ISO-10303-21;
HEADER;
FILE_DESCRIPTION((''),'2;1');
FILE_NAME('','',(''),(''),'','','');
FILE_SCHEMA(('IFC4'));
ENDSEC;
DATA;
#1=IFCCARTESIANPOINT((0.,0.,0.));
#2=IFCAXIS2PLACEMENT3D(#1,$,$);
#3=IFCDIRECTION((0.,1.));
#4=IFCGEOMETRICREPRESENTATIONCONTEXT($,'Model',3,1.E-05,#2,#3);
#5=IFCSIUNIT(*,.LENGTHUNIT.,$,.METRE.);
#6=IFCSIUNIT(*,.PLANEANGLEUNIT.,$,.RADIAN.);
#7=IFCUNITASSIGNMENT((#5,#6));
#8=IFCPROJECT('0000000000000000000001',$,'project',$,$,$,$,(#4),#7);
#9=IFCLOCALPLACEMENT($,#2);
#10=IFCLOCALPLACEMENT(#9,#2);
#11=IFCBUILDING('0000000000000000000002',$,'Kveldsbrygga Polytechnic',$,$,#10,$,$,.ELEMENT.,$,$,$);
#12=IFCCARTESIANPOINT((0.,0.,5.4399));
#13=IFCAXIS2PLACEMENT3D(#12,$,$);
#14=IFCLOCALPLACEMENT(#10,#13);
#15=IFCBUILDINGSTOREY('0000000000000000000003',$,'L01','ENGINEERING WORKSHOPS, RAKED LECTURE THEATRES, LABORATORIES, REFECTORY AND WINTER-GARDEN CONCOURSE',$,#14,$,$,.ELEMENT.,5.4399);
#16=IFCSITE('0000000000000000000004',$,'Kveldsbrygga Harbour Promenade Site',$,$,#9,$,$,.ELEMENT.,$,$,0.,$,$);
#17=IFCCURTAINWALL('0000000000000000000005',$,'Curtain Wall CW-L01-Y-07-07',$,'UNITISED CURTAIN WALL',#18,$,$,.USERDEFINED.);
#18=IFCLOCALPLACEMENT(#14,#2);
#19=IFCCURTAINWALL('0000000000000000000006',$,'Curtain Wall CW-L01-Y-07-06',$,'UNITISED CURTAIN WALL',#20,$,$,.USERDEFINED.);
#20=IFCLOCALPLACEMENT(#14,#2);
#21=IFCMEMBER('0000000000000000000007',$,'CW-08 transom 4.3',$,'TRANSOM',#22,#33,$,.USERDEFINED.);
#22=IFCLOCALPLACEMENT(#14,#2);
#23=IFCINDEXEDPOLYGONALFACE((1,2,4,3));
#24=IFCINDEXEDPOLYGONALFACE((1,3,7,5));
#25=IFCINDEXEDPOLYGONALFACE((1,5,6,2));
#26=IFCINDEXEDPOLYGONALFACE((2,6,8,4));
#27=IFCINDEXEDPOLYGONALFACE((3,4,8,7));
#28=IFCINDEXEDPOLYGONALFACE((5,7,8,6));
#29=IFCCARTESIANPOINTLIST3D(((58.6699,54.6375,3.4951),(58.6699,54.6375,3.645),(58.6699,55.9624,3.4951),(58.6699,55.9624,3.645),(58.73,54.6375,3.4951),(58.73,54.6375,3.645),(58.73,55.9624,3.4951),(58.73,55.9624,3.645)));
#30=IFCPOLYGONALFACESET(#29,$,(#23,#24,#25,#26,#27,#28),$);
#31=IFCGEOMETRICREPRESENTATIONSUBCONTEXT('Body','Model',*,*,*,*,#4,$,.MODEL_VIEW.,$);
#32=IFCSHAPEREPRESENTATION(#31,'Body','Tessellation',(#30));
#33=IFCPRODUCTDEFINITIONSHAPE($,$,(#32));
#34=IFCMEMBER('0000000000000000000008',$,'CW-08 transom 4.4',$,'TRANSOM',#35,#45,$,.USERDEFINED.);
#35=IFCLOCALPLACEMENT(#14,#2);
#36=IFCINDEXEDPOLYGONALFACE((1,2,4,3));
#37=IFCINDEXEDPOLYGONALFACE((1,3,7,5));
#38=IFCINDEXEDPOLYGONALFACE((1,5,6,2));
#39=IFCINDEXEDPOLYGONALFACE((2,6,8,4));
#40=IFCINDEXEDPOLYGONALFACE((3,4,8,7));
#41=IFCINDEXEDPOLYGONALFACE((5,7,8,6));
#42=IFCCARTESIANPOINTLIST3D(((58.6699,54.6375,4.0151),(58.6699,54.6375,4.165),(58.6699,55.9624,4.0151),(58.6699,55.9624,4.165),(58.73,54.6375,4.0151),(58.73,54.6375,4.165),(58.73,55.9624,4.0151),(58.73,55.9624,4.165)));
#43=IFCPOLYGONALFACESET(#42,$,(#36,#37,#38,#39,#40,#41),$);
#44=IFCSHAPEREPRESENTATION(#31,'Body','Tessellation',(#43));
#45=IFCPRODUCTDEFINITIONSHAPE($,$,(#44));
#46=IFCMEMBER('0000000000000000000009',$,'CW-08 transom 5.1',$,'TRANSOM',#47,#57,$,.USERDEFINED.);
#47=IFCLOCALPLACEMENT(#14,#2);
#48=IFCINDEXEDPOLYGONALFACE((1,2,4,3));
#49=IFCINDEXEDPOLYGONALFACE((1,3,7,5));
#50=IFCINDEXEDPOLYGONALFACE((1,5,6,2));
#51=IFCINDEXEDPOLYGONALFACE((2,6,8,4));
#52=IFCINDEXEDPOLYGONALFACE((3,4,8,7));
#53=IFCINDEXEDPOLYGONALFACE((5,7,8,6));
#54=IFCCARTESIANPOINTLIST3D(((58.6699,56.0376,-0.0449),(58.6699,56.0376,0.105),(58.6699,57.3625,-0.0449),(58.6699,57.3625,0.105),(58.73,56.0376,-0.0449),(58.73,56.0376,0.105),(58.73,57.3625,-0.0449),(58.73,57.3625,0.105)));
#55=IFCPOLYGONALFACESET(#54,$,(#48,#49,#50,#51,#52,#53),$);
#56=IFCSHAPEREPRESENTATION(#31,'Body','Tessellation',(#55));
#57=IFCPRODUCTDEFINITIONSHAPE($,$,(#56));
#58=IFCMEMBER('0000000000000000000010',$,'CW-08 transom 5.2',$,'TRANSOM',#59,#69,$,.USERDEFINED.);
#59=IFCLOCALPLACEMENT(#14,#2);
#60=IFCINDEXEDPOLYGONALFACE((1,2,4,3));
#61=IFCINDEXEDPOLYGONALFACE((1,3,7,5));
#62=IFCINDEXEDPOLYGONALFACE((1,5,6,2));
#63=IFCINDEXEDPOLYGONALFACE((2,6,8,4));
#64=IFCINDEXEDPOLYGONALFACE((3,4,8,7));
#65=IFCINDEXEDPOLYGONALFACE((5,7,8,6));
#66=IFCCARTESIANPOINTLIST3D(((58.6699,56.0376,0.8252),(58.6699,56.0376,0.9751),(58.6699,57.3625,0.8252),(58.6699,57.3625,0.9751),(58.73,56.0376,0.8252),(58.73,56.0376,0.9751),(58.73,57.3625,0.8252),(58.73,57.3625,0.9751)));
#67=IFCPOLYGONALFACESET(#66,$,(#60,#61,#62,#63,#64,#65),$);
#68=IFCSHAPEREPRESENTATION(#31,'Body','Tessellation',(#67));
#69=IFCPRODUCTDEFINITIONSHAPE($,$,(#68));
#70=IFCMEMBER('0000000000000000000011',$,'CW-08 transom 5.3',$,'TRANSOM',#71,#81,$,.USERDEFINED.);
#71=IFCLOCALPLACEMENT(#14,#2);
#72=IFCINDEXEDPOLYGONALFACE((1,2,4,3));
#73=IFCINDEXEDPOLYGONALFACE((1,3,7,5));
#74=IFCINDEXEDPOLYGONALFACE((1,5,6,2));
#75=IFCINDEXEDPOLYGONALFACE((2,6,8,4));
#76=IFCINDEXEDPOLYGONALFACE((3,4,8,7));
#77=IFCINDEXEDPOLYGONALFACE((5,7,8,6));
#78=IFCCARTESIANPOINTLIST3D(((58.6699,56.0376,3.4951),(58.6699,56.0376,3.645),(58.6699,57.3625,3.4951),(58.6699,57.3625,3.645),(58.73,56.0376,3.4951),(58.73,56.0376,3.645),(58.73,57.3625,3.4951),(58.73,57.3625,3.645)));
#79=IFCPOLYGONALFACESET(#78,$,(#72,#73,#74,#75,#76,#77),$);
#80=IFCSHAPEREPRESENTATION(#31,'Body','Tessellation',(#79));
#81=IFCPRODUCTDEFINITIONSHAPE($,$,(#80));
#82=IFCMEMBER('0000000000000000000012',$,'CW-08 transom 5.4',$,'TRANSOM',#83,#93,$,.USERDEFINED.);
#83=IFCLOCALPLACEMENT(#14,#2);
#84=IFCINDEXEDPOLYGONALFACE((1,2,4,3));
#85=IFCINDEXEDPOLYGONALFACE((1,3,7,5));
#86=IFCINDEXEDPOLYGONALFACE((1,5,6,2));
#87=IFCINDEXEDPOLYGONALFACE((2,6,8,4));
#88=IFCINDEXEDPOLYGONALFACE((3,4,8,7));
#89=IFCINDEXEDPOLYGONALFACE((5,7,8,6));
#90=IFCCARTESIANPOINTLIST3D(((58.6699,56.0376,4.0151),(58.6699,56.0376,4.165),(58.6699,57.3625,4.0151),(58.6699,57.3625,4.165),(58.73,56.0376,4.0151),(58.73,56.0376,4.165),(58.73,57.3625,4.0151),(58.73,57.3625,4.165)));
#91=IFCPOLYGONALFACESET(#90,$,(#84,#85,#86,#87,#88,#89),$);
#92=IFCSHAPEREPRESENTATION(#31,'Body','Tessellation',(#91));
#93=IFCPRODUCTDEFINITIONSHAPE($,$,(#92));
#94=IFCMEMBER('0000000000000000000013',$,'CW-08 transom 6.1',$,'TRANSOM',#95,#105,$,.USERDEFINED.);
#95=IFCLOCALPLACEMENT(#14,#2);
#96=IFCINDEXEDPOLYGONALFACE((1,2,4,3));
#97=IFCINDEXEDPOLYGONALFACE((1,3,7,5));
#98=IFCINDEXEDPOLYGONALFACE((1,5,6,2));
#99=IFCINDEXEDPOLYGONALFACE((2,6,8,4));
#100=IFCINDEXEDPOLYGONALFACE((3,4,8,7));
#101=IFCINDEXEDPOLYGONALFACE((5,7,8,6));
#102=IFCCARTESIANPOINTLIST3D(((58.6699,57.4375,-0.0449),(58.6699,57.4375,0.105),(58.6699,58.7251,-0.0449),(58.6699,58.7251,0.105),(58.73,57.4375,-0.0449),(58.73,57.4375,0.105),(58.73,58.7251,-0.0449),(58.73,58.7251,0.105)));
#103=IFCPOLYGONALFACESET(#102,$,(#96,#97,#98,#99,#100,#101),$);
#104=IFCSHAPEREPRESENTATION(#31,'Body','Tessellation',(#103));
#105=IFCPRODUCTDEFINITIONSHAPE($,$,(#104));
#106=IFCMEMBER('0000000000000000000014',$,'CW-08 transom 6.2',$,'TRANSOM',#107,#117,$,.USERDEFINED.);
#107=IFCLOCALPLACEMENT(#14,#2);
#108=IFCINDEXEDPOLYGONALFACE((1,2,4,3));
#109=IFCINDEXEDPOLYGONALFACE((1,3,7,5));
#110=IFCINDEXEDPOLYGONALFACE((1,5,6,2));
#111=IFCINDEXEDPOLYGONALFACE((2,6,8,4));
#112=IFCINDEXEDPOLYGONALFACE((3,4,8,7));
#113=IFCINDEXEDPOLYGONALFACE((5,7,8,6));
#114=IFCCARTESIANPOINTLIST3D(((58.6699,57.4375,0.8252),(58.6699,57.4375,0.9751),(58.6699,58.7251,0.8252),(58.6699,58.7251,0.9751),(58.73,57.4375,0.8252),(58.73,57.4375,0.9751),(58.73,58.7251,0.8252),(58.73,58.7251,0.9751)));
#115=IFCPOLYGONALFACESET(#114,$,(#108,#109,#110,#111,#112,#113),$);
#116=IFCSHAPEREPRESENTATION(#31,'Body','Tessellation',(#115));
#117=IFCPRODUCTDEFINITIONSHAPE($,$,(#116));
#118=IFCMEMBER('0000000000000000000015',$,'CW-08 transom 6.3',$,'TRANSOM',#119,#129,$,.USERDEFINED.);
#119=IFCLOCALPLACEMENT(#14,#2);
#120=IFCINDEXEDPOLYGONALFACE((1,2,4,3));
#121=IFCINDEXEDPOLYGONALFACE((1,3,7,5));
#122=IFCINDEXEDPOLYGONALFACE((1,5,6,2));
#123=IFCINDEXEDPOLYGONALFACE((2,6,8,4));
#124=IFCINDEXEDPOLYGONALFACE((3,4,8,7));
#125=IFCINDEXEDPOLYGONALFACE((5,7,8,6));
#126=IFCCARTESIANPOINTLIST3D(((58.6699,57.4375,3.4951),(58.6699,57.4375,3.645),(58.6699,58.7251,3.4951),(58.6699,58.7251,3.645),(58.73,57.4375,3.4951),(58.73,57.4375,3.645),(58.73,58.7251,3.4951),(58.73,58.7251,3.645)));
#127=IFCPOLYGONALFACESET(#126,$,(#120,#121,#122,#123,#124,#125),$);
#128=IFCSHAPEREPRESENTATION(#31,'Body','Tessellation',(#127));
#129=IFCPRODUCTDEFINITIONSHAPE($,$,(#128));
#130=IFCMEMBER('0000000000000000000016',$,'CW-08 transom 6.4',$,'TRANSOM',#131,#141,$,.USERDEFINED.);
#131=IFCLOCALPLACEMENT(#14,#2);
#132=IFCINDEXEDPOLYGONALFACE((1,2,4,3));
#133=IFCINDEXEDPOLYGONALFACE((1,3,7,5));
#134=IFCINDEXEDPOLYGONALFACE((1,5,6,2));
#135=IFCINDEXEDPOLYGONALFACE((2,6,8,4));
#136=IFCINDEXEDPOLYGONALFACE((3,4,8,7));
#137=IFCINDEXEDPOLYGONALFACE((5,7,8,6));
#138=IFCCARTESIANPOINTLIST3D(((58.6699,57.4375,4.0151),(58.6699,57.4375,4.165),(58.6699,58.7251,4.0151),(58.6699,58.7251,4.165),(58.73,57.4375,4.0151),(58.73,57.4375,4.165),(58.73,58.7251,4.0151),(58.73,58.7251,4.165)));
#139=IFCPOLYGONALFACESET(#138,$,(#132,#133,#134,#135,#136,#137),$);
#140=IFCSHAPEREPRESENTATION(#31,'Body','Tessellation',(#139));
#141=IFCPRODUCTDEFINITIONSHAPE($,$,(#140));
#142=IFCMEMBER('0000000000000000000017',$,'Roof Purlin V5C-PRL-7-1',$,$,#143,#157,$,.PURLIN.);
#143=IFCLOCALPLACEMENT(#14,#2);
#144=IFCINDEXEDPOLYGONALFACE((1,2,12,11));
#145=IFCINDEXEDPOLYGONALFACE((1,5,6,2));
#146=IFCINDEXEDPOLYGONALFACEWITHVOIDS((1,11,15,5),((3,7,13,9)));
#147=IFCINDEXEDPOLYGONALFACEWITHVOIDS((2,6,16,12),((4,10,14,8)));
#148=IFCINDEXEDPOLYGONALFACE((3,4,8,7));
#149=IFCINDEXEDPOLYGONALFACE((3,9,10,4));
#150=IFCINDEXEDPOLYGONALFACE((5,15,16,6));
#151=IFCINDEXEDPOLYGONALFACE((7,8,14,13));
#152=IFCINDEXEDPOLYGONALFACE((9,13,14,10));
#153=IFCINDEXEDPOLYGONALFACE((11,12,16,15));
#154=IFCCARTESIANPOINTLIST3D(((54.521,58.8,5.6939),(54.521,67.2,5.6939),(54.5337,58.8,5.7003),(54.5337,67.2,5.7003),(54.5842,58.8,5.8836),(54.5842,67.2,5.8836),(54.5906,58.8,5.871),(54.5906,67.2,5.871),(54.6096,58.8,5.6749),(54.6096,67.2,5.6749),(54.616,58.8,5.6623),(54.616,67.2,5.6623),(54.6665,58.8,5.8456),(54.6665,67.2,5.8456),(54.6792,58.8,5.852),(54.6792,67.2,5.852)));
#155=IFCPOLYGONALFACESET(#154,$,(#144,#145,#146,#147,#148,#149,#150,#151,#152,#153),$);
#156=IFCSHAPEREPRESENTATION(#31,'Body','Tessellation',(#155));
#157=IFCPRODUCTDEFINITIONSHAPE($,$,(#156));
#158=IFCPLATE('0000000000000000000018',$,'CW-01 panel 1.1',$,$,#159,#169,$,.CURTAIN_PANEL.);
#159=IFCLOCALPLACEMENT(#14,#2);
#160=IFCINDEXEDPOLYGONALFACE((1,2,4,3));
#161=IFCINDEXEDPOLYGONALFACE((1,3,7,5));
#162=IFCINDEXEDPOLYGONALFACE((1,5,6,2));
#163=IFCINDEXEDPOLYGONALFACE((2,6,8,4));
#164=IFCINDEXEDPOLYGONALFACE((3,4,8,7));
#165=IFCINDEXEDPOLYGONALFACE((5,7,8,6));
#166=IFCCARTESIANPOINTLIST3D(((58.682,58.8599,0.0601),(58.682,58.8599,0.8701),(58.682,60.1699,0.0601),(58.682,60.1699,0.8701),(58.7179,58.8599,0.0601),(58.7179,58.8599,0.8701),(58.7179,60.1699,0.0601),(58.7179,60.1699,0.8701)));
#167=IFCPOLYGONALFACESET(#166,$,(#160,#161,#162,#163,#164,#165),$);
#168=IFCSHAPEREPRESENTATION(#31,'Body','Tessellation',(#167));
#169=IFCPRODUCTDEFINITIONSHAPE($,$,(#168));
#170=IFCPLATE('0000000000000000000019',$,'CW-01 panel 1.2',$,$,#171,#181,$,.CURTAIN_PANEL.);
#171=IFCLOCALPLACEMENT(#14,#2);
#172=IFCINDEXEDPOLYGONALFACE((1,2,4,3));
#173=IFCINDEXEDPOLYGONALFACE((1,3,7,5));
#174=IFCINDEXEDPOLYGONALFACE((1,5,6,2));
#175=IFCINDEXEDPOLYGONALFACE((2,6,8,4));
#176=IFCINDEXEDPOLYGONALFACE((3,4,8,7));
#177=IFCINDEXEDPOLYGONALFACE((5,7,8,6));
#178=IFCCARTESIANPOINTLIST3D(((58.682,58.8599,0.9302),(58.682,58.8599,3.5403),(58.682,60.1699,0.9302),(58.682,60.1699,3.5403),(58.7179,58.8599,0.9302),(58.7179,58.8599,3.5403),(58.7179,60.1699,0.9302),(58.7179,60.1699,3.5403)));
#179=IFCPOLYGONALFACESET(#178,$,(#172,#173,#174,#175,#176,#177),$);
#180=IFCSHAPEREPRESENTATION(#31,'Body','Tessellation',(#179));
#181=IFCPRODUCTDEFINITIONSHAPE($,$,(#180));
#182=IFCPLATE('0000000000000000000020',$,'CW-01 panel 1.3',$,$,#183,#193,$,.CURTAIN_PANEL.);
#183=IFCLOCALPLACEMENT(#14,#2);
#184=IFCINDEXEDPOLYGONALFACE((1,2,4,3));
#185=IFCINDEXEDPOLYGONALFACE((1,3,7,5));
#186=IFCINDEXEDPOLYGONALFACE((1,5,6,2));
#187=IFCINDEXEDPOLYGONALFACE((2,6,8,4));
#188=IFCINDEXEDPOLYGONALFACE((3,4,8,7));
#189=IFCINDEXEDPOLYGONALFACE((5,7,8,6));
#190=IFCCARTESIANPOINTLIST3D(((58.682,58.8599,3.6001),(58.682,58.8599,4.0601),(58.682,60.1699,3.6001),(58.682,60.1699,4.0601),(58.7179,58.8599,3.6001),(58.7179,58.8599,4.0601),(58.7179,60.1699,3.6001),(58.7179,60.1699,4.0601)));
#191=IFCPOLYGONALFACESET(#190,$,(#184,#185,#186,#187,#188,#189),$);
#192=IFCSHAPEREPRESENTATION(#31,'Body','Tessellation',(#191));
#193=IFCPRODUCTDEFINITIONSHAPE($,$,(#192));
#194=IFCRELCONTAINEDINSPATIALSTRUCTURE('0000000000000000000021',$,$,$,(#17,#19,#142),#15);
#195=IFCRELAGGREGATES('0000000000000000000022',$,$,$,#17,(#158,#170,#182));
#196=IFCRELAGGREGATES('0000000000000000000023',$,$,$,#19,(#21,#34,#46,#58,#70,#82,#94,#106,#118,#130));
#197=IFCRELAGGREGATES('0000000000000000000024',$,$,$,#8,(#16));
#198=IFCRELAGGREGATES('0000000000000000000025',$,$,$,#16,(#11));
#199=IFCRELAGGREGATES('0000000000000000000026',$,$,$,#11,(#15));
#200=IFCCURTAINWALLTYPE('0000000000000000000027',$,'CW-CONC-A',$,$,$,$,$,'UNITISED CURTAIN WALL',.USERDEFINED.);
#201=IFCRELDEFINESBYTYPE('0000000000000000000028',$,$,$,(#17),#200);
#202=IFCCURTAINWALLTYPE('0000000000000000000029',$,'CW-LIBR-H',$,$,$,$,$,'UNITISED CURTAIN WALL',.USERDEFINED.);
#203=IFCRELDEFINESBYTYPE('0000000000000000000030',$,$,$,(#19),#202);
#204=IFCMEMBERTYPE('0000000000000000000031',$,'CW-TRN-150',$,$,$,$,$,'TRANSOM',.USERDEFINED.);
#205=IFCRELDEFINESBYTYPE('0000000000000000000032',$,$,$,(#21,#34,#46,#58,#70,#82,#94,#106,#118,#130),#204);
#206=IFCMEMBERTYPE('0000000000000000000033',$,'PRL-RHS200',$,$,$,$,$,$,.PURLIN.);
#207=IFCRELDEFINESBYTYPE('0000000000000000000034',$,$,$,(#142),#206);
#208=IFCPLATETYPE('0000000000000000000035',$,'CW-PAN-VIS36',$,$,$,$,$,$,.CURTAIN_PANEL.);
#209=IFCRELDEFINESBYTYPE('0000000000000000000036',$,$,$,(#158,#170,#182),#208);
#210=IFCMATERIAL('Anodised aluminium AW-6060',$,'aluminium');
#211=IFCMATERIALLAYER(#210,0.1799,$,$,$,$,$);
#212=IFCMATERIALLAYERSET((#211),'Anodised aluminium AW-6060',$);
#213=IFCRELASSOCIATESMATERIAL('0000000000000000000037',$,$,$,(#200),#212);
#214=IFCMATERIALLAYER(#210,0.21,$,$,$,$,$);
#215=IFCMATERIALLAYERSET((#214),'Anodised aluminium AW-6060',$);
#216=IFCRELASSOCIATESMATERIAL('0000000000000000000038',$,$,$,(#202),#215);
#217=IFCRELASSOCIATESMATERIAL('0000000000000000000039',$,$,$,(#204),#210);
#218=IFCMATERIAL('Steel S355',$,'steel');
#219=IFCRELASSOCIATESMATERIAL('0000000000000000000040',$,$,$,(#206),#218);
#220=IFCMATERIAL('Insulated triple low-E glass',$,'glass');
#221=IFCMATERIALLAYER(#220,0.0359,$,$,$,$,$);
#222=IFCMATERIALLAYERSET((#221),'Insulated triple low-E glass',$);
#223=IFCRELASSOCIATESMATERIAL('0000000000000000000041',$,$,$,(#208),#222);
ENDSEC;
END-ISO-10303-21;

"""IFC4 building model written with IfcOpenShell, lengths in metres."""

from ifc_helpers import new_model, si_unit, direction, frame, origin, origin_2d, place, context, subcontext, project, spatial, rectangle, hollow_rectangle, extrude, material, layer, layer_set, material_profile, profile_set, type_object, element, aggregate, save


model = new_model("IFC4")

# Units and contexts
model_context = context("Model", 3, precision=1e-05, world=origin(), true_north=direction((0.0, 1.0)))
body_context = subcontext(model_context, "Body", "Model", "MODEL_VIEW")
ifc_project = project(units=[si_unit("LENGTHUNIT", "METRE"), si_unit("PLANEANGLEUNIT", "RADIAN")], contexts=[model_context])

# Site, building, storey
site_placement = place(None, origin())
site = spatial("IfcSite", under=ifc_project, at=site_placement, Name="Kveldsbrygga Harbour Promenade Site", CompositionType="ELEMENT", RefElevation=0.0)
building_placement = place(site_placement, origin())
building = spatial("IfcBuilding", under=site, at=building_placement, Name="Kveldsbrygga Polytechnic", CompositionType="ELEMENT")
storey_placement = place(building_placement, frame((0.0, 0.0, 5.4399)))
storey = spatial("IfcBuildingStorey", under=building, at=storey_placement, Name="L01", Description="ENGINEERING WORKSHOPS, RAKED LECTURE THEATRES, LABORATORIES, REFECTORY AND WINTER-GARDEN CONCOURSE", CompositionType="ELEMENT", Elevation=5.4399)

# Curtain walls
ifc_material_1 = material(Name="Anodised aluminium AW-6060", Category="aluminium")
ifc_layer_1 = layer(ifc_material_1, 0.1799)
ifc_layer_set_1 = layer_set([ifc_layer_1], Name="Anodised aluminium AW-6060")
curtain_wall_type_1 = type_object("IfcCurtainWallType", Name="CW-CONC-A", ElementType="UNITISED CURTAIN WALL", PredefinedType="USERDEFINED", material=ifc_layer_set_1)
curtain_wall_1_placement = place(storey_placement, origin())
curtain_wall_1 = element("IfcCurtainWall", 1, at=curtain_wall_1_placement, inside=storey, type_object=curtain_wall_type_1, Name="Curtain Wall CW-L01-Y-07-07", ObjectType="UNITISED CURTAIN WALL", PredefinedType="USERDEFINED")
ifc_layer_2 = layer(ifc_material_1, 0.21)
ifc_layer_set_2 = layer_set([ifc_layer_2], Name="Anodised aluminium AW-6060")
curtain_wall_type_2 = type_object("IfcCurtainWallType", Name="CW-LIBR-H", ElementType="UNITISED CURTAIN WALL", PredefinedType="USERDEFINED", material=ifc_layer_set_2)
curtain_wall_2_placement = place(storey_placement, origin())
curtain_wall_2 = element("IfcCurtainWall", 2, at=curtain_wall_2_placement, inside=storey, type_object=curtain_wall_type_2, Name="Curtain Wall CW-L01-Y-07-06", ObjectType="UNITISED CURTAIN WALL", PredefinedType="USERDEFINED")

# Members
ifc_material_profile_1 = material_profile(ifc_material_1, rectangle(XDim=0.0601, YDim=0.1499, at=origin_2d()), Name="ALU 60x150")
ifc_profile_set_1 = profile_set([ifc_material_profile_1], Name="Anodised aluminium AW-6060")
member_type_1 = type_object("IfcMemberType", Name="CW-TRN-150", ElementType="TRANSOM", PredefinedType="USERDEFINED", material=ifc_profile_set_1)
member_1_placement = place(storey_placement, frame((58.7, 54.6375, 3.5701), z_axis=(0.0, 1.0, 0.0), x_axis=(-1.0, 0.0, 0.0)))
member_1 = element("IfcMember", 3, at=member_1_placement, type_object=member_type_1, Name="CW-08 transom 4.3", ObjectType="TRANSOM", PredefinedType="USERDEFINED", context=body_context, shape_type="SweptSolid", body=[
    extrude(rectangle(XDim=0.0601, YDim=0.1499, at=origin_2d()), origin(), (0.0, 0.0, 1.0), 1.325),
])
member_2_placement = place(storey_placement, frame((58.7, 54.6375, 4.0901), z_axis=(0.0, 1.0, 0.0), x_axis=(-1.0, 0.0, 0.0)))
member_2 = element("IfcMember", 4, at=member_2_placement, type_object=member_type_1, Name="CW-08 transom 4.4", ObjectType="TRANSOM", PredefinedType="USERDEFINED", context=body_context, shape_type="SweptSolid", body=[
    extrude(rectangle(XDim=0.0601, YDim=0.1499, at=origin_2d()), origin(), (0.0, 0.0, 1.0), 1.325),
])
member_3_placement = place(storey_placement, frame((58.7, 56.0376, 0.03), z_axis=(0.0, 1.0, 0.0), x_axis=(-1.0, 0.0, 0.0)))
member_3 = element("IfcMember", 5, at=member_3_placement, type_object=member_type_1, Name="CW-08 transom 5.1", ObjectType="TRANSOM", PredefinedType="USERDEFINED", context=body_context, shape_type="SweptSolid", body=[
    extrude(rectangle(XDim=0.0601, YDim=0.1499, at=origin_2d()), origin(), (0.0, 0.0, 1.0), 1.325),
])
member_4_placement = place(storey_placement, frame((58.7, 56.0376, 0.9001), z_axis=(0.0, 1.0, 0.0), x_axis=(-1.0, 0.0, 0.0)))
member_4 = element("IfcMember", 6, at=member_4_placement, type_object=member_type_1, Name="CW-08 transom 5.2", ObjectType="TRANSOM", PredefinedType="USERDEFINED", context=body_context, shape_type="SweptSolid", body=[
    extrude(rectangle(XDim=0.0601, YDim=0.1499, at=origin_2d()), origin(), (0.0, 0.0, 1.0), 1.325),
])
member_5_placement = place(storey_placement, frame((58.7, 56.0376, 3.5701), z_axis=(0.0, 1.0, 0.0), x_axis=(-1.0, 0.0, 0.0)))
member_5 = element("IfcMember", 7, at=member_5_placement, type_object=member_type_1, Name="CW-08 transom 5.3", ObjectType="TRANSOM", PredefinedType="USERDEFINED", context=body_context, shape_type="SweptSolid", body=[
    extrude(rectangle(XDim=0.0601, YDim=0.1499, at=origin_2d()), origin(), (0.0, 0.0, 1.0), 1.325),
])
member_6_placement = place(storey_placement, frame((58.7, 56.0376, 4.0901), z_axis=(0.0, 1.0, 0.0), x_axis=(-1.0, 0.0, 0.0)))
member_6 = element("IfcMember", 8, at=member_6_placement, type_object=member_type_1, Name="CW-08 transom 5.4", ObjectType="TRANSOM", PredefinedType="USERDEFINED", context=body_context, shape_type="SweptSolid", body=[
    extrude(rectangle(XDim=0.0601, YDim=0.1499, at=origin_2d()), origin(), (0.0, 0.0, 1.0), 1.325),
])
member_7_placement = place(storey_placement, frame((58.7, 57.4375, 0.03), z_axis=(0.0, 1.0, 0.0), x_axis=(-1.0, 0.0, 0.0)))
member_7 = element("IfcMember", 9, at=member_7_placement, type_object=member_type_1, Name="CW-08 transom 6.1", ObjectType="TRANSOM", PredefinedType="USERDEFINED", context=body_context, shape_type="SweptSolid", body=[
    extrude(rectangle(XDim=0.0601, YDim=0.1499, at=origin_2d()), origin(), (0.0, 0.0, 1.0), 1.2876),
])
member_8_placement = place(storey_placement, frame((58.7, 57.4375, 0.9001), z_axis=(0.0, 1.0, 0.0), x_axis=(-1.0, 0.0, 0.0)))
member_8 = element("IfcMember", 10, at=member_8_placement, type_object=member_type_1, Name="CW-08 transom 6.2", ObjectType="TRANSOM", PredefinedType="USERDEFINED", context=body_context, shape_type="SweptSolid", body=[
    extrude(rectangle(XDim=0.0601, YDim=0.1499, at=origin_2d()), origin(), (0.0, 0.0, 1.0), 1.2876),
])
member_9_placement = place(storey_placement, frame((58.7, 57.4375, 3.5701), z_axis=(0.0, 1.0, 0.0), x_axis=(-1.0, 0.0, 0.0)))
member_9 = element("IfcMember", 11, at=member_9_placement, type_object=member_type_1, Name="CW-08 transom 6.3", ObjectType="TRANSOM", PredefinedType="USERDEFINED", context=body_context, shape_type="SweptSolid", body=[
    extrude(rectangle(XDim=0.0601, YDim=0.1499, at=origin_2d()), origin(), (0.0, 0.0, 1.0), 1.2876),
])
member_10_placement = place(storey_placement, frame((58.7, 57.4375, 4.0901), z_axis=(0.0, 1.0, 0.0), x_axis=(-1.0, 0.0, 0.0)))
member_10 = element("IfcMember", 12, at=member_10_placement, type_object=member_type_1, Name="CW-08 transom 6.4", ObjectType="TRANSOM", PredefinedType="USERDEFINED", context=body_context, shape_type="SweptSolid", body=[
    extrude(rectangle(XDim=0.0601, YDim=0.1499, at=origin_2d()), origin(), (0.0, 0.0, 1.0), 1.2876),
])
ifc_material_2 = material(Name="Steel S355", Category="steel")
ifc_material_profile_2 = material_profile(ifc_material_2, hollow_rectangle(XDim=0.1001, YDim=0.2, WallThickness=0.01, at=origin_2d()), Name="RHS 200x100x10.0")
ifc_profile_set_2 = profile_set([ifc_material_profile_2], Name="Steel S355")
member_type_2 = type_object("IfcMemberType", Name="PRL-RHS200", PredefinedType="PURLIN", material=ifc_profile_set_2)
member_11_placement = place(storey_placement, frame((54.6001, 58.8, 5.7729), z_axis=(0.0, 1.0, 0.0), x_axis=(-0.948684, 0.0, 0.316227)))
element("IfcMember", 13, at=member_11_placement, inside=storey, type_object=member_type_2, Name="Roof Purlin V5C-PRL-7-1", PredefinedType="PURLIN", context=body_context, shape_type="SweptSolid", body=[
    extrude(hollow_rectangle(XDim=0.1001, YDim=0.2, WallThickness=0.01, at=origin_2d()), origin(), (0.0, 0.0, 1.0), 8.3999),
])

# Plates
ifc_material_3 = material(Name="Insulated triple low-E glass", Category="glass")
ifc_layer_3 = layer(ifc_material_3, 0.0359)
ifc_layer_set_3 = layer_set([ifc_layer_3], Name="Insulated triple low-E glass")
plate_type_1 = type_object("IfcPlateType", Name="CW-PAN-VIS36", PredefinedType="CURTAIN_PANEL", material=ifc_layer_set_3)
plate_1_placement = place(storey_placement, frame((58.7, 59.5149, 0.0601), z_axis=(0.0, 0.0, 1.0), x_axis=(0.0, 1.0, 0.0)))
plate_1 = element("IfcPlate", 14, at=plate_1_placement, type_object=plate_type_1, Name="CW-01 panel 1.1", PredefinedType="CURTAIN_PANEL", context=body_context, shape_type="SweptSolid", body=[
    extrude(rectangle(XDim=1.3101, YDim=0.0359, at=origin_2d()), origin(), (0.0, 0.0, 1.0), 0.8101),
])
plate_2_placement = place(storey_placement, frame((58.7, 59.5149, 0.9302), z_axis=(0.0, 0.0, 1.0), x_axis=(0.0, 1.0, 0.0)))
plate_2 = element("IfcPlate", 15, at=plate_2_placement, type_object=plate_type_1, Name="CW-01 panel 1.2", PredefinedType="CURTAIN_PANEL", context=body_context, shape_type="SweptSolid", body=[
    extrude(rectangle(XDim=1.3101, YDim=0.0359, at=origin_2d()), origin(), (0.0, 0.0, 1.0), 2.6101),
])
plate_3_placement = place(storey_placement, frame((58.7, 59.5149, 3.6001), z_axis=(0.0, 0.0, 1.0), x_axis=(0.0, 1.0, 0.0)))
plate_3 = element("IfcPlate", 16, at=plate_3_placement, type_object=plate_type_1, Name="CW-01 panel 1.3", PredefinedType="CURTAIN_PANEL", context=body_context, shape_type="SweptSolid", body=[
    extrude(rectangle(XDim=1.3101, YDim=0.0359, at=origin_2d()), origin(), (0.0, 0.0, 1.0), 0.46),
])
aggregate(curtain_wall_1, [plate_1, plate_2, plate_3])
aggregate(curtain_wall_2, [member_1, member_2, member_3, member_4, member_5, member_6, member_7, member_8, member_9, member_10])

save(model, "model.ifc")
